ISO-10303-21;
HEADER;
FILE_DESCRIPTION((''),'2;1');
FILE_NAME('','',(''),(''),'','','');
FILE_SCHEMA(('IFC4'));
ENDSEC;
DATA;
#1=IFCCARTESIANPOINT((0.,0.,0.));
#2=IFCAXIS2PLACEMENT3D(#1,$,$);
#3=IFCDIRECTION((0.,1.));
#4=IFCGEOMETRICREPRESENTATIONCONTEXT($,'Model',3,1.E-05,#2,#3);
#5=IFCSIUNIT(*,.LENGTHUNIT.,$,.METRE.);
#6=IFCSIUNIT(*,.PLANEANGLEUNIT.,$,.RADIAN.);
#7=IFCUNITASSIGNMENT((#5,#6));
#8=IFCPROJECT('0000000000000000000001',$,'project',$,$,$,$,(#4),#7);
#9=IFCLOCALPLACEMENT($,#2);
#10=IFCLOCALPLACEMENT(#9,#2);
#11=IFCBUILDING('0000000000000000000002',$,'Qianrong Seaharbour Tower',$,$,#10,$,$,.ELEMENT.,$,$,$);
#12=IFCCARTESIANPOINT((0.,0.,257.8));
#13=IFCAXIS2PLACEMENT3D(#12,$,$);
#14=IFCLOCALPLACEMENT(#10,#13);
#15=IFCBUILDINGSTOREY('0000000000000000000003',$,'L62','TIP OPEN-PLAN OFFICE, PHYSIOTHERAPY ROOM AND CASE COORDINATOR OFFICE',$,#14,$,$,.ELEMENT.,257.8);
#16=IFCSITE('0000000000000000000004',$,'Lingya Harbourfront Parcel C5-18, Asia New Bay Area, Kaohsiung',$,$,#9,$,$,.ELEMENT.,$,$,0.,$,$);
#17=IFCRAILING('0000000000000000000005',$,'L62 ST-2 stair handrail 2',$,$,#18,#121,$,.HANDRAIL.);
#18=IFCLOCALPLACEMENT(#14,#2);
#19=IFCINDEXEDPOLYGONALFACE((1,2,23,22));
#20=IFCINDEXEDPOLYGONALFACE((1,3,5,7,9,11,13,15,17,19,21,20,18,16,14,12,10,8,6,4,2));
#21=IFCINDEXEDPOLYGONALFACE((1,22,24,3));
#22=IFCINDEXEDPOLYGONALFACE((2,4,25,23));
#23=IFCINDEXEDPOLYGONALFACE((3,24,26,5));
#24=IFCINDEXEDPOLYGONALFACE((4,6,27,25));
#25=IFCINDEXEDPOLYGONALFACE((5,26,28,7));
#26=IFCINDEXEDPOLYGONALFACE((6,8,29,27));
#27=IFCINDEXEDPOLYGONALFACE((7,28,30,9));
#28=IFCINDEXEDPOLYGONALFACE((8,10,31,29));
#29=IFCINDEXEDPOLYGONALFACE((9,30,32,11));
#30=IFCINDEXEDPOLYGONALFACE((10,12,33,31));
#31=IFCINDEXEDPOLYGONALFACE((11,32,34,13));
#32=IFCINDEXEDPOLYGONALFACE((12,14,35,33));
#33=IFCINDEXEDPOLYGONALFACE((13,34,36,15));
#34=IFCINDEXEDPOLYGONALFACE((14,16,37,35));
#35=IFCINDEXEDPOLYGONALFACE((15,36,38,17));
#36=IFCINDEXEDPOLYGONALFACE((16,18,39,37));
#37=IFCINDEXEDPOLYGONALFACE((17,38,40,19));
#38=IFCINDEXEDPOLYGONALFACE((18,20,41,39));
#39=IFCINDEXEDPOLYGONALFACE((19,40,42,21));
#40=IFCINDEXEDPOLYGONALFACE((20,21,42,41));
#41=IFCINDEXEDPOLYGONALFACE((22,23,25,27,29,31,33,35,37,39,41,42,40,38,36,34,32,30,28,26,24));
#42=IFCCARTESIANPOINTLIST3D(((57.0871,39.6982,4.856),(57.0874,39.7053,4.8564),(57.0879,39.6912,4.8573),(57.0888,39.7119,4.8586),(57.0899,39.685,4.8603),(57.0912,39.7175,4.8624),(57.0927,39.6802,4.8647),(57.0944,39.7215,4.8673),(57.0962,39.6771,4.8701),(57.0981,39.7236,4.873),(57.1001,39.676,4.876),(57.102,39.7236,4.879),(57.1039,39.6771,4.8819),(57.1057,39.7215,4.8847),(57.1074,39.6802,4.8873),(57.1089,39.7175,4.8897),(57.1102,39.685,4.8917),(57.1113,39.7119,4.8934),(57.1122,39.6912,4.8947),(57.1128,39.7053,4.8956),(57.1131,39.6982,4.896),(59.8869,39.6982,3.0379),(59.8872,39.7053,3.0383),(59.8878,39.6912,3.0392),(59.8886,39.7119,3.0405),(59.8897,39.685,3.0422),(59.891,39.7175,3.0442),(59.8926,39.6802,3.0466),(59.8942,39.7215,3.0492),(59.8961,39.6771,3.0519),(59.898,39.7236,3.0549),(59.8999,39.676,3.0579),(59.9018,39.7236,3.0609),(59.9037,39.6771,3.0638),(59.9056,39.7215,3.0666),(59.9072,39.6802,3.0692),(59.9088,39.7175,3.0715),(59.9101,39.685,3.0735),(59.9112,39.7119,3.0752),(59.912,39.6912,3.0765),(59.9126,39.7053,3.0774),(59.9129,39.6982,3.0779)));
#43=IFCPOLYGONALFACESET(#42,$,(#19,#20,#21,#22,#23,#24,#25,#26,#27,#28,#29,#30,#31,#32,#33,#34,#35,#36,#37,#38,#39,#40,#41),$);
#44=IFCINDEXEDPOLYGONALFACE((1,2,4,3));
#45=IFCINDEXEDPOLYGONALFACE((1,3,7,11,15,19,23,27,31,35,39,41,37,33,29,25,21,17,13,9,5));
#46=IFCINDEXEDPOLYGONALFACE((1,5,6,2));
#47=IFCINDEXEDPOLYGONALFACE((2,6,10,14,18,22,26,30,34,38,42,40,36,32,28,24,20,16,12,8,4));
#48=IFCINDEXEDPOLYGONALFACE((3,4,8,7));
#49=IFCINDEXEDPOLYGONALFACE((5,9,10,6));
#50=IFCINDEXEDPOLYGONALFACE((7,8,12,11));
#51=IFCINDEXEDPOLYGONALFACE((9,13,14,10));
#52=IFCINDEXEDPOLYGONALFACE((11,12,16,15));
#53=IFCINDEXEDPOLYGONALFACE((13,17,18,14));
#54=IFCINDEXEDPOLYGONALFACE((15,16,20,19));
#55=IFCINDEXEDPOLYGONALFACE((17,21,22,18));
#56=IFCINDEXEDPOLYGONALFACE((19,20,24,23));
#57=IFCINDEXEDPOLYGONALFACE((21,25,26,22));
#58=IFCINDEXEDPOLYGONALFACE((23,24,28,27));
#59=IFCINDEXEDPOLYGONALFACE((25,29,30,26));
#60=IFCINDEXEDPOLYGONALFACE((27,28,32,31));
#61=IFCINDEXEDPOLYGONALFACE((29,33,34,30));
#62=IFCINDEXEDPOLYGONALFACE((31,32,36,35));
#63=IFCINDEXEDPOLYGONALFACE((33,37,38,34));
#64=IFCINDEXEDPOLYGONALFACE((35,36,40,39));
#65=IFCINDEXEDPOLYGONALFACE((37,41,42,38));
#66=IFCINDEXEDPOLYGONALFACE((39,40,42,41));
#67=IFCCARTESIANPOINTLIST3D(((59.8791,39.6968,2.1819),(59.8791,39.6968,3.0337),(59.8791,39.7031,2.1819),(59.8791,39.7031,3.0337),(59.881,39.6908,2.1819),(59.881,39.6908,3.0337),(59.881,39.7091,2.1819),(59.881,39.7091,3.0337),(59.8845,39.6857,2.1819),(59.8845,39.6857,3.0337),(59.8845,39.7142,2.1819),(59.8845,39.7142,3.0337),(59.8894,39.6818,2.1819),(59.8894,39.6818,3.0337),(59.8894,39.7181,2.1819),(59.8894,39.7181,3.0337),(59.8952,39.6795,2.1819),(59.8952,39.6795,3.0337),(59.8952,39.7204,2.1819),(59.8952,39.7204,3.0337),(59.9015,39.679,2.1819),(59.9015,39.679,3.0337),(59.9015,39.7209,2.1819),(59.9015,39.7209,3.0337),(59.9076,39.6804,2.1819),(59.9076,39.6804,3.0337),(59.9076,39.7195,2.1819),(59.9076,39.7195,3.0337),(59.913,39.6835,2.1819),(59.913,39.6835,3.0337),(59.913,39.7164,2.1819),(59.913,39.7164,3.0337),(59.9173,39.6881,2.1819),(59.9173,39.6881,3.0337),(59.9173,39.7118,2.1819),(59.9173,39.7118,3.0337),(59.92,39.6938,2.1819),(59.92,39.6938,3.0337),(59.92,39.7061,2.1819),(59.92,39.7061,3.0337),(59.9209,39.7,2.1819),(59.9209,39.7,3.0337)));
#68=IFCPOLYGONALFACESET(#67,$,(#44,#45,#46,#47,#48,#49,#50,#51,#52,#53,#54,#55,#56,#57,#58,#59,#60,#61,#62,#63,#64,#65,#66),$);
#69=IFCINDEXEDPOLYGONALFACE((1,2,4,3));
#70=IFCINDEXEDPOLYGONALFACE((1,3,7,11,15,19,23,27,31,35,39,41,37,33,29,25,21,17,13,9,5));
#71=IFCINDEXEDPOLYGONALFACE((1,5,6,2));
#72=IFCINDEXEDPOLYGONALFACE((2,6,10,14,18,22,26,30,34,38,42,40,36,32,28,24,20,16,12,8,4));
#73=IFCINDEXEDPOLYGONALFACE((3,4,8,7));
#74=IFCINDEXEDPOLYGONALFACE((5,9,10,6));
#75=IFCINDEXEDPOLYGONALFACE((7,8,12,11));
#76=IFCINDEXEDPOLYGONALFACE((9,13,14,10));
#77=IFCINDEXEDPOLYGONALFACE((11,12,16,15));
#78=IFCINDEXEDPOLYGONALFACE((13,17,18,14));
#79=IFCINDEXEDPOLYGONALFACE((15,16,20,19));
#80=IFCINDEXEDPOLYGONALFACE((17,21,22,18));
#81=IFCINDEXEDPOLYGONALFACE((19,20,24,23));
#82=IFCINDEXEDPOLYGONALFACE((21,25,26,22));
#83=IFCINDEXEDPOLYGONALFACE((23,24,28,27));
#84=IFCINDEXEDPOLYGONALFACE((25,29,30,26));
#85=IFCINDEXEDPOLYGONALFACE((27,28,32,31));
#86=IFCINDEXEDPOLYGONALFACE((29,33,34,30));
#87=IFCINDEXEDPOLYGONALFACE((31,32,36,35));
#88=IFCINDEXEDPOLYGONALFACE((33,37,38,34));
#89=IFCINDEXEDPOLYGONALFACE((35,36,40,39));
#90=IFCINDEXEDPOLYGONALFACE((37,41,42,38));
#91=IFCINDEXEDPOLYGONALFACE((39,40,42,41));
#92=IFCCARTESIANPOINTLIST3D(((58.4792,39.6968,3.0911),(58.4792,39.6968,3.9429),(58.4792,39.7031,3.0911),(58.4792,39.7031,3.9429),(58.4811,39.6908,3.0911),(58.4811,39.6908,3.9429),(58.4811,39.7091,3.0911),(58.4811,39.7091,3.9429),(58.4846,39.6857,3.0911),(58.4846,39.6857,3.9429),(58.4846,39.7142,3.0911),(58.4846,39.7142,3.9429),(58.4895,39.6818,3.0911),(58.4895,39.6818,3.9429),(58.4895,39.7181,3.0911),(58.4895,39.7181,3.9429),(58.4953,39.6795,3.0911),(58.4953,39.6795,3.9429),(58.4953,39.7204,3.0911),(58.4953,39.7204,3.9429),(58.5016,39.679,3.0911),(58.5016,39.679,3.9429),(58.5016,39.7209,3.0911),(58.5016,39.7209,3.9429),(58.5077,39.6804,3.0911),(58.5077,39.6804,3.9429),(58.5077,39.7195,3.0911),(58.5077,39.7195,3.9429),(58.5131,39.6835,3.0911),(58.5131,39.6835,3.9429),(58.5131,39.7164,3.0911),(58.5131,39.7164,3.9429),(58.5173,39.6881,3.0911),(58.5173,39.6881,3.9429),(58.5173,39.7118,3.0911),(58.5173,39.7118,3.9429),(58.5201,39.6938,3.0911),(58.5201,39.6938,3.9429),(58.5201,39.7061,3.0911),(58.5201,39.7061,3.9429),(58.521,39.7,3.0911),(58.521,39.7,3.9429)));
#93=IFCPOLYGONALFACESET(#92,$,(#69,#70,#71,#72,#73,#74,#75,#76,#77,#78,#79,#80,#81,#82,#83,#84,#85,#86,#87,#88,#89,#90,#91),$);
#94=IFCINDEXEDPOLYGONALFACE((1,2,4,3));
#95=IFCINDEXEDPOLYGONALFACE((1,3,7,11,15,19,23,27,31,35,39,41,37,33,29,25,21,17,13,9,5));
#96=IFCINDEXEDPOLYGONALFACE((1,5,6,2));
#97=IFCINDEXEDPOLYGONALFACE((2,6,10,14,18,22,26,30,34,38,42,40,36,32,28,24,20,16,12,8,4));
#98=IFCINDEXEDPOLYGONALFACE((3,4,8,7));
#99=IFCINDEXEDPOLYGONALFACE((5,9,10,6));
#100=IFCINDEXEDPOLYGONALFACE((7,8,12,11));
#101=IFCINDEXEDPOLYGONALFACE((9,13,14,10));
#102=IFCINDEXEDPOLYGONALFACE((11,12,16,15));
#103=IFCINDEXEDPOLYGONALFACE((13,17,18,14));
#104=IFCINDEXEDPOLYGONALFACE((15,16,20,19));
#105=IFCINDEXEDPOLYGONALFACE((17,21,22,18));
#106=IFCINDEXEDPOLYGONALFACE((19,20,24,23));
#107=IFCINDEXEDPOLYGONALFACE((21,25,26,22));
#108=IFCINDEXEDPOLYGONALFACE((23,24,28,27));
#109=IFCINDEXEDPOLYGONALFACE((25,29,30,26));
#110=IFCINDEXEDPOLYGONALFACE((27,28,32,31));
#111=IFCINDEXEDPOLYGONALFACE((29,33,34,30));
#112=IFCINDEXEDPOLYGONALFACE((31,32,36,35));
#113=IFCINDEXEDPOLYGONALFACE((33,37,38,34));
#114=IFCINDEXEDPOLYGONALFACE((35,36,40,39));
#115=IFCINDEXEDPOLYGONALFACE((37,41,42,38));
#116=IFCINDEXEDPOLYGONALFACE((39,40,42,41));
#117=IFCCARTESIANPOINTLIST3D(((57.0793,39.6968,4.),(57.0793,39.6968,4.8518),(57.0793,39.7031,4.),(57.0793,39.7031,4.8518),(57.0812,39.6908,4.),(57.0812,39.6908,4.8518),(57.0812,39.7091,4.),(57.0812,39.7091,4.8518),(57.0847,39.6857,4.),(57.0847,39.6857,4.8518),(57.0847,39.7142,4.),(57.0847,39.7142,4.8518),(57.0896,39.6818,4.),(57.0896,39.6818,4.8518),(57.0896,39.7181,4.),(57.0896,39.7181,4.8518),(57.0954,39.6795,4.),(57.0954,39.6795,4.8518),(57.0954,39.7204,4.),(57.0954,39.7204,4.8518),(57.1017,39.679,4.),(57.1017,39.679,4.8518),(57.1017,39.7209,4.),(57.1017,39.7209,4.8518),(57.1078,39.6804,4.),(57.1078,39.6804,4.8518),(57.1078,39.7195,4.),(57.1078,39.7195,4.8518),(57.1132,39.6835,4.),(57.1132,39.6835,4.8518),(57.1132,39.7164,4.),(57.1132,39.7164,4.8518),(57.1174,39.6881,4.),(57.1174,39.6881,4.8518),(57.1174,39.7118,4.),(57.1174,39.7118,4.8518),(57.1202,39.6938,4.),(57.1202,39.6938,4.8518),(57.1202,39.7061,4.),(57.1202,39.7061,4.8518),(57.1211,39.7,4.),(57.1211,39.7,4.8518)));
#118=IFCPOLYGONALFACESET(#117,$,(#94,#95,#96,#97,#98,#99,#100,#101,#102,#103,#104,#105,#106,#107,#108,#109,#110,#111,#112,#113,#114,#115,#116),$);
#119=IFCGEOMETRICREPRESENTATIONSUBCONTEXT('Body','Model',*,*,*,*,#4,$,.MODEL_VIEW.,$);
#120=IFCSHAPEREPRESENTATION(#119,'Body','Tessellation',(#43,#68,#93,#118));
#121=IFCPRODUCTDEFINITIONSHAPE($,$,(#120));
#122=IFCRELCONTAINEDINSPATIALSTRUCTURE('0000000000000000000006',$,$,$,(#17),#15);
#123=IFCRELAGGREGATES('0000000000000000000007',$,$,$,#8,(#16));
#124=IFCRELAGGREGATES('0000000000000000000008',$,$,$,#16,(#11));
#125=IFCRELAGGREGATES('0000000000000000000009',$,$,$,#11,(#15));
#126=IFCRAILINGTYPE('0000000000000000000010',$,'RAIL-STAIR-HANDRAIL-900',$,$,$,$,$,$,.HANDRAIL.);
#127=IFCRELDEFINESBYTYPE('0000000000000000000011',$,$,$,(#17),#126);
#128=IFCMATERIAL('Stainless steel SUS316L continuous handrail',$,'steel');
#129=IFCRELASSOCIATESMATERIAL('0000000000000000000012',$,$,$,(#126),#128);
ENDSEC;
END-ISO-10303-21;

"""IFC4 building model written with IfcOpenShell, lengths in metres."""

from ifc_helpers import new_model, si_unit, direction, frame, origin, origin_2d, place, context, subcontext, project, spatial, circle, extrude, material, type_object, element, save


model = new_model("IFC4")

# Units and contexts
model_context = context("Model", 3, precision=1e-05, world=origin(), true_north=direction((0.0, 1.0)))
body_context = subcontext(model_context, "Body", "Model", "MODEL_VIEW")
ifc_project = project(units=[si_unit("LENGTHUNIT", "METRE"), si_unit("PLANEANGLEUNIT", "RADIAN")], contexts=[model_context])

# Site, building, storey
site_placement = place(None, origin())
site = spatial("IfcSite", under=ifc_project, at=site_placement, Name="Lingya Harbourfront Parcel C5-18, Asia New Bay Area, Kaohsiung", CompositionType="ELEMENT", RefElevation=0.0)
building_placement = place(site_placement, origin())
building = spatial("IfcBuilding", under=site, at=building_placement, Name="Qianrong Seaharbour Tower", CompositionType="ELEMENT")
storey_placement = place(building_placement, frame((0.0, 0.0, 257.8)))
storey = spatial("IfcBuildingStorey", under=building, at=storey_placement, Name="L62", Description="TIP OPEN-PLAN OFFICE, PHYSIOTHERAPY ROOM AND CASE COORDINATOR OFFICE", CompositionType="ELEMENT", Elevation=257.8)

# Railing
ifc_material_1 = material(Name="Stainless steel SUS316L continuous handrail", Category="steel")
railing_type_1 = type_object("IfcRailingType", Name="RAIL-STAIR-HANDRAIL-900", PredefinedType="HANDRAIL", material=ifc_material_1)
railing_1_placement = place(storey_placement, frame((59.8999, 39.7, 2.1819)))
element("IfcRailing", 1, at=railing_1_placement, inside=storey, type_object=railing_type_1, Name="L62 ST-2 stair handrail 2", PredefinedType="HANDRAIL", context=body_context, shape_type="SweptSolid", body=[
    extrude(circle(Radius=0.0239, at=origin_2d()), frame((0.0, 0.0, 0.876), z_axis=(-0.838684, 0.0, 0.544618), x_axis=(0.0, -1.0, 0.0)), (0.0, 0.0, 1.0), 3.3384),
    extrude(circle(Radius=0.021, at=origin_2d()), origin(), (0.0, 0.0, 1.0), 0.8518),
    extrude(circle(Radius=0.021, at=origin_2d()), frame((-1.3999, 0.0, 0.9092)), (0.0, 0.0, 1.0), 0.8518),
    extrude(circle(Radius=0.021, at=origin_2d()), frame((-2.7998, 0.0, 1.8181)), (0.0, 0.0, 1.0), 0.8518),
])

save(model, "model.ifc")
